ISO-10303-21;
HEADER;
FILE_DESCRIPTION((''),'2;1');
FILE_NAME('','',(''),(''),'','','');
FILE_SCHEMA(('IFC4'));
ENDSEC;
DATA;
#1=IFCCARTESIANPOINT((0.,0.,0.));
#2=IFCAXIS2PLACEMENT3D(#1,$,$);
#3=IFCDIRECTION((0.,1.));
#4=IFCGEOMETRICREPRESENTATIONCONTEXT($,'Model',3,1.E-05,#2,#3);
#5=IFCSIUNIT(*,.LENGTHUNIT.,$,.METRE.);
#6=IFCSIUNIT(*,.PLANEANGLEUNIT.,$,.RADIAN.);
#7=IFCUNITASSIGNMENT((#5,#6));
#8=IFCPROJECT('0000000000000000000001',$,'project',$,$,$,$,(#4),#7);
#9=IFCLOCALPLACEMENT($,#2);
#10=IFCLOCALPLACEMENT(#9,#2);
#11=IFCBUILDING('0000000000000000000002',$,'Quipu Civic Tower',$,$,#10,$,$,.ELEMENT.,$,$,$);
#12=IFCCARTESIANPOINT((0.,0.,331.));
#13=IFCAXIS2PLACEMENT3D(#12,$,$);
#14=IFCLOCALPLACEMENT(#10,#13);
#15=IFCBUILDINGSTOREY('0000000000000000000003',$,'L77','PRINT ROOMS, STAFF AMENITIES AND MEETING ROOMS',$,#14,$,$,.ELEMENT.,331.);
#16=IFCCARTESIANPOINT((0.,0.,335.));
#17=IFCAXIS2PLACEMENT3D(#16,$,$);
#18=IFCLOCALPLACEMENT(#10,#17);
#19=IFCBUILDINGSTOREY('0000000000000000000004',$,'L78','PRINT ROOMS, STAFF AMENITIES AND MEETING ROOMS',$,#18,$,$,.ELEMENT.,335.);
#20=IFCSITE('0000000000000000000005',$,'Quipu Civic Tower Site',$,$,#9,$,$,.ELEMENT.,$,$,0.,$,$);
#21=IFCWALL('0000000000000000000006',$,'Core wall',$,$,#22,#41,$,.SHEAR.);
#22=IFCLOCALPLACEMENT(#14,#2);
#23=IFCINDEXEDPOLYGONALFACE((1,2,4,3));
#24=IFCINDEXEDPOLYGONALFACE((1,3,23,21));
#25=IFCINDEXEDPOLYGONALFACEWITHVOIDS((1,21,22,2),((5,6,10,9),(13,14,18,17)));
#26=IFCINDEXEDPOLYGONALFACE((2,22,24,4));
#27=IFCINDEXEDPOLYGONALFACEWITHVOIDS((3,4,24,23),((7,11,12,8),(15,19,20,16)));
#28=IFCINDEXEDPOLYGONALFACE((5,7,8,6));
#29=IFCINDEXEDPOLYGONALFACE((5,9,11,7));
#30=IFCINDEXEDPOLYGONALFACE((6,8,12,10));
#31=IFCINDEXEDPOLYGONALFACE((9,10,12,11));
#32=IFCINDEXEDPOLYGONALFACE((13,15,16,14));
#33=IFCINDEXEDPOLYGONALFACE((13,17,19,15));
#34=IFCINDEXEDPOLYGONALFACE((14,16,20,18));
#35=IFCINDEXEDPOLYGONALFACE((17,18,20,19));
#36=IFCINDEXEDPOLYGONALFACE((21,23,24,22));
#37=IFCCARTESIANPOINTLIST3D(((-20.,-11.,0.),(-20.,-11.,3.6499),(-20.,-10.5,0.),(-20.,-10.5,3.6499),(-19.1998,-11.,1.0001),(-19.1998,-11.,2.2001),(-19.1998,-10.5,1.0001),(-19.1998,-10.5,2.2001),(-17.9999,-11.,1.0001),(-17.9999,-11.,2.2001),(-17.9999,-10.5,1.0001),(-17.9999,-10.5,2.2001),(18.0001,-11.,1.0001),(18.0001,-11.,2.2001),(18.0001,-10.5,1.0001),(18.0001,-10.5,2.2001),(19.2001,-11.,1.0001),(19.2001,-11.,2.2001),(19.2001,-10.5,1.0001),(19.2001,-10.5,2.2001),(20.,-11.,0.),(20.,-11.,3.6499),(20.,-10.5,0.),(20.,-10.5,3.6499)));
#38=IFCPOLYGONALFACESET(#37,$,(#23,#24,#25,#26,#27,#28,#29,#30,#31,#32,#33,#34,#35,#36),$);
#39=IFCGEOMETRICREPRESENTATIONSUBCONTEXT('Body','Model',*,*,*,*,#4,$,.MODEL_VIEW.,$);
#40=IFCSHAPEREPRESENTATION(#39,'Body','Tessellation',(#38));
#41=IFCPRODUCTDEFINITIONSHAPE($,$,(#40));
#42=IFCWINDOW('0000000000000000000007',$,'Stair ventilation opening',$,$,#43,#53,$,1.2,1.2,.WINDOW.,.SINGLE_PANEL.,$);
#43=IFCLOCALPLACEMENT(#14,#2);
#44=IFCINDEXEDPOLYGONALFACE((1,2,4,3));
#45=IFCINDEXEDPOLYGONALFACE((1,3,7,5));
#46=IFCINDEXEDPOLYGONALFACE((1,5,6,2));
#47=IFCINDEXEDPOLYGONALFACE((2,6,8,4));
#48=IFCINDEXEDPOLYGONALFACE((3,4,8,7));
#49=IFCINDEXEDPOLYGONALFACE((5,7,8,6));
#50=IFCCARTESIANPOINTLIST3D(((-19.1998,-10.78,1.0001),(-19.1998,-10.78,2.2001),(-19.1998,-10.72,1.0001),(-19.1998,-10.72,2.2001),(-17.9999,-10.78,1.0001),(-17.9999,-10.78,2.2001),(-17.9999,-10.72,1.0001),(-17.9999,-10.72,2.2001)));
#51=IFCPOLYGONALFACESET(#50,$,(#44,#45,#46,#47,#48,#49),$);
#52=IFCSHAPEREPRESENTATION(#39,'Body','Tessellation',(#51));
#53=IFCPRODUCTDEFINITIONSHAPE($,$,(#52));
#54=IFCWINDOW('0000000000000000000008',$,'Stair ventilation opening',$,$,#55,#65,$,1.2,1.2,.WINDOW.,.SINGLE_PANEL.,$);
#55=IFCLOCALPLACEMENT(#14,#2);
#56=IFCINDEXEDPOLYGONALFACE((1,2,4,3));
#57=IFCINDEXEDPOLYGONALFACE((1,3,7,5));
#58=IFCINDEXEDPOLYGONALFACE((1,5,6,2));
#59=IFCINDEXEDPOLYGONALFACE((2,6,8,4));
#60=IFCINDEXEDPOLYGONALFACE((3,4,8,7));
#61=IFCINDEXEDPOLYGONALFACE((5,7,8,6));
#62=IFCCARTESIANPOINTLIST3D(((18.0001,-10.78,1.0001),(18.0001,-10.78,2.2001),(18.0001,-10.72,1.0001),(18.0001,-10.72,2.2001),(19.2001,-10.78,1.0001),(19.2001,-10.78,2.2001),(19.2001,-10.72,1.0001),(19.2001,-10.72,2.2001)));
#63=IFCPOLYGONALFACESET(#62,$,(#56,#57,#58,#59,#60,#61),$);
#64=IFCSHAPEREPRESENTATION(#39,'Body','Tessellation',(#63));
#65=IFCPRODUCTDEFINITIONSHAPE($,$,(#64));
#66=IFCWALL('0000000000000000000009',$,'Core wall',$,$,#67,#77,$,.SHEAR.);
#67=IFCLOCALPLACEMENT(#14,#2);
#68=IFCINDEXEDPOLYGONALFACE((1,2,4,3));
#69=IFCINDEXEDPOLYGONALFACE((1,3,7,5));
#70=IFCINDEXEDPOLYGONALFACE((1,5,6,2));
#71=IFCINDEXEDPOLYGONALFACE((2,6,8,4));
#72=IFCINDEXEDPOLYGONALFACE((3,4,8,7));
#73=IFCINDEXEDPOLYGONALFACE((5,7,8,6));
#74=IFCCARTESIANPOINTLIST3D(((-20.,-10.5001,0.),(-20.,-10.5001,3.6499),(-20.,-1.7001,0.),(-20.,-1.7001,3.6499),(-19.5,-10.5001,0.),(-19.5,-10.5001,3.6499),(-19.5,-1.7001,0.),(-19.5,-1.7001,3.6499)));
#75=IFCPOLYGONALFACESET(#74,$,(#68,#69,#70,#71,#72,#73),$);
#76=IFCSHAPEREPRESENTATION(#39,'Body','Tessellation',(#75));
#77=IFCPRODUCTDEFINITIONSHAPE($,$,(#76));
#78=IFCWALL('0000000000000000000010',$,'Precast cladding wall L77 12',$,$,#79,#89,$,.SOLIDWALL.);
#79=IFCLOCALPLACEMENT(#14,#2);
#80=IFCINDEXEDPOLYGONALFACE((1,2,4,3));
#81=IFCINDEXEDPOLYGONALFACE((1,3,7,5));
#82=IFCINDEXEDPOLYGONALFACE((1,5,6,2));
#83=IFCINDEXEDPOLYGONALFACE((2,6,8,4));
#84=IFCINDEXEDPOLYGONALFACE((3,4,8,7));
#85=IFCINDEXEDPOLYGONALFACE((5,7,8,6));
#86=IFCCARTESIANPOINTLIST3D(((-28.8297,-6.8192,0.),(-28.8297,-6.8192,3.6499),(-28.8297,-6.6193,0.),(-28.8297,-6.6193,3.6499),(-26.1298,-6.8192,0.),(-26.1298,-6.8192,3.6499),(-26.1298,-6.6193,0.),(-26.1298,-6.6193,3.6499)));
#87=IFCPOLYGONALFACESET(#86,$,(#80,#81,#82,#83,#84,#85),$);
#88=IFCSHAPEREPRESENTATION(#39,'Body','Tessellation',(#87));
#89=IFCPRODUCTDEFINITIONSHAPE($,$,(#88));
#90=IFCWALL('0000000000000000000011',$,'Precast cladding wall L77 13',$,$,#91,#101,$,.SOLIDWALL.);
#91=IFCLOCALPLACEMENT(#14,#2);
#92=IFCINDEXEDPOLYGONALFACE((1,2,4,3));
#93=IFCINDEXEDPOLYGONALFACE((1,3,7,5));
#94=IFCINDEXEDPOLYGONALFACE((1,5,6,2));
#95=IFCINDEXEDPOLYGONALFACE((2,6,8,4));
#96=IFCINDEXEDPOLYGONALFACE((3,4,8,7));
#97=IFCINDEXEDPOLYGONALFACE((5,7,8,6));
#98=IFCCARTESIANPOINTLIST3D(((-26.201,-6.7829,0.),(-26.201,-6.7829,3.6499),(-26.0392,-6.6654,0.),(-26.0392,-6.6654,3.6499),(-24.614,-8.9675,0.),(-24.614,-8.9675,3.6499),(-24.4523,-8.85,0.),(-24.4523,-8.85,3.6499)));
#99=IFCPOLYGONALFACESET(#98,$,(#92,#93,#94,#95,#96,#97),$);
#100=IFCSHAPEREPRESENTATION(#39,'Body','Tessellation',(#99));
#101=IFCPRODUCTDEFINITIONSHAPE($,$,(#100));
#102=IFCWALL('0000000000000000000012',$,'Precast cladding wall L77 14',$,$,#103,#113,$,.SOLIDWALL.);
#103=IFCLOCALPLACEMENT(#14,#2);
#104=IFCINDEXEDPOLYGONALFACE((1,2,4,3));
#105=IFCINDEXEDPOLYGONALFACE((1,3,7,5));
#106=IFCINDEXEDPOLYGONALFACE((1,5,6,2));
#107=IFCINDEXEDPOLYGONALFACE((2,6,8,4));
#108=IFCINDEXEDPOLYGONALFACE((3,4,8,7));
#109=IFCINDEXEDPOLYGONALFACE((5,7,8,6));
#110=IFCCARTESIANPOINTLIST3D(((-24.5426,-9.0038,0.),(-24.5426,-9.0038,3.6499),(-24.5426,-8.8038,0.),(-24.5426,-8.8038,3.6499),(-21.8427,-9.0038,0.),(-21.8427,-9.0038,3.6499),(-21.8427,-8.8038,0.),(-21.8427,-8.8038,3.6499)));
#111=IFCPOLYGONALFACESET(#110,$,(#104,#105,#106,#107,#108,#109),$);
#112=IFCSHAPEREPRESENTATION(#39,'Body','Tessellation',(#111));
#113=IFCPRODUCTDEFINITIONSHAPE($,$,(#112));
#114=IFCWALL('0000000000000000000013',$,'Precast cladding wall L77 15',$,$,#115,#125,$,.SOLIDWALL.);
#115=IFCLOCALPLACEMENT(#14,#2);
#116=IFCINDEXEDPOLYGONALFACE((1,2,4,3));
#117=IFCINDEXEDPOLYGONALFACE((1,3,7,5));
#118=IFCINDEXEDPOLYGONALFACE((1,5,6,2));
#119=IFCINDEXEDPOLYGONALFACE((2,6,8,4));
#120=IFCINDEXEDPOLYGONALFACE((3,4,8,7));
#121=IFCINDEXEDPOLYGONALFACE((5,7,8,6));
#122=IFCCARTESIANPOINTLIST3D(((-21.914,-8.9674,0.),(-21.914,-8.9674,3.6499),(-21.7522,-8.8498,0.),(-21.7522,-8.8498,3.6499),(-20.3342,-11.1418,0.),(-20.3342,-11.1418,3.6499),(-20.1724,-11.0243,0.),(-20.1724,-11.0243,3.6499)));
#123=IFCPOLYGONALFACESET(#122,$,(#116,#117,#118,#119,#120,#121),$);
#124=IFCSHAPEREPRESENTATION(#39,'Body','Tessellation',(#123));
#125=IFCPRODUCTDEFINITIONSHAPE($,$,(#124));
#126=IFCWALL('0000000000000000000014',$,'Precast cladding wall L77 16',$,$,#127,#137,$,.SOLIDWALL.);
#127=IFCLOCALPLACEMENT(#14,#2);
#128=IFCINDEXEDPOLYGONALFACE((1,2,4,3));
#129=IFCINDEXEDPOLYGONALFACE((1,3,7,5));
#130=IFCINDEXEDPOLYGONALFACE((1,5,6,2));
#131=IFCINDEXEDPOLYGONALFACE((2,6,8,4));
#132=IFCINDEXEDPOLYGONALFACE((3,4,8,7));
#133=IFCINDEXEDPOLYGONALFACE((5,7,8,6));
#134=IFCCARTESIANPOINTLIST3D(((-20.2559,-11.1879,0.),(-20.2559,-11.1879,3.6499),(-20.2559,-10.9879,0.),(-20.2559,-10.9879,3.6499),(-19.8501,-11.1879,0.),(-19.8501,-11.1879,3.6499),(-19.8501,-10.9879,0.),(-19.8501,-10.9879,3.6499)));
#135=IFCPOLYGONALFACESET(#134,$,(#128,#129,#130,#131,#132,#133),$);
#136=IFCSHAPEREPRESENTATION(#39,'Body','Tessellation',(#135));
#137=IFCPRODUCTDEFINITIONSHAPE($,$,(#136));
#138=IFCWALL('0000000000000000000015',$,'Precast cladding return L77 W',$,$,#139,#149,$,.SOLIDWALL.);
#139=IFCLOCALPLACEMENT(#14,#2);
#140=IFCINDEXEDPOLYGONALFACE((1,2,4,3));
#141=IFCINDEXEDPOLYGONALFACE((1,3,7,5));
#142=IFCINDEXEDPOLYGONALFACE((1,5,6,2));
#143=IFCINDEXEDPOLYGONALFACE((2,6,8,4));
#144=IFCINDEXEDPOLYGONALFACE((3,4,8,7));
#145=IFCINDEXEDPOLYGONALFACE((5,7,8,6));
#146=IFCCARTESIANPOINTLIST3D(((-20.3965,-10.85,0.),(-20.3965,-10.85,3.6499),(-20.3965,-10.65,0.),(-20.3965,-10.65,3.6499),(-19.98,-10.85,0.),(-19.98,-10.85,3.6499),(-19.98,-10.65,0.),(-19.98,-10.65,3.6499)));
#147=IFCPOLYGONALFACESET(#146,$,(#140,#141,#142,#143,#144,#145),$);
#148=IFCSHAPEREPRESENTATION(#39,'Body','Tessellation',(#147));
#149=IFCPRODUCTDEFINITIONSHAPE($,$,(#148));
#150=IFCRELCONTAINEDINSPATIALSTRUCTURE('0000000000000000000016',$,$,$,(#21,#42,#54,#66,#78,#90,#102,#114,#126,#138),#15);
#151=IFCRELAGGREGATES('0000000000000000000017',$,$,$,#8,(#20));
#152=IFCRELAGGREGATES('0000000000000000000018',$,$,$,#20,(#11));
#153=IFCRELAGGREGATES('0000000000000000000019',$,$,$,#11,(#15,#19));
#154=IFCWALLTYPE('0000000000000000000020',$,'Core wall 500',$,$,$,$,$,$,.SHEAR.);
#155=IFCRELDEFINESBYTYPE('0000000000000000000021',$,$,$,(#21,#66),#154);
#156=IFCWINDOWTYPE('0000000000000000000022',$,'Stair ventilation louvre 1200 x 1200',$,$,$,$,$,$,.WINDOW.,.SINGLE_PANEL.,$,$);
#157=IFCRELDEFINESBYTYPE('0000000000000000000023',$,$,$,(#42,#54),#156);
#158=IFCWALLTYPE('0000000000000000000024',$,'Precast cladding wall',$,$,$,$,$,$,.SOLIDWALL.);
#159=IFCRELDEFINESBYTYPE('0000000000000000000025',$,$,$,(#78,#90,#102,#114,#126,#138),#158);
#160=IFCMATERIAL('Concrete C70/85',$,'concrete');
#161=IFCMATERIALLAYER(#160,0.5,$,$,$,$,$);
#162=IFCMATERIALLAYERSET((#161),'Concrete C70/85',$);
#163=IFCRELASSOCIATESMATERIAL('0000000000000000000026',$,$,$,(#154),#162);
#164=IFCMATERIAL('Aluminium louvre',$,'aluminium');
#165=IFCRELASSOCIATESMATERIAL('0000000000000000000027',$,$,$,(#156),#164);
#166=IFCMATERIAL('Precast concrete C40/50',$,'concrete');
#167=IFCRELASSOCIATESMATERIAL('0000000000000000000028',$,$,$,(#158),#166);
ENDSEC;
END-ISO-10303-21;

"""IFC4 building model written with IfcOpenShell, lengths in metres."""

from ifc_helpers import new_model, si_unit, direction, frame, frame_2d, origin, place, context, subcontext, project, spatial, rectangle, extrude, material, layer, layer_set, type_object, element, fill, save


model = new_model("IFC4")

# Units and contexts
model_context = context("Model", 3, precision=1e-05, world=origin(), true_north=direction((0.0, 1.0)))
body_context = subcontext(model_context, "Body", "Model", "MODEL_VIEW")
ifc_project = project(units=[si_unit("LENGTHUNIT", "METRE"), si_unit("PLANEANGLEUNIT", "RADIAN")], contexts=[model_context])

# Site, building, storey
site_placement = place(None, origin())
site = spatial("IfcSite", under=ifc_project, at=site_placement, Name="Quipu Civic Tower Site", CompositionType="ELEMENT", RefElevation=0.0)
building_placement = place(site_placement, origin())
building = spatial("IfcBuilding", under=site, at=building_placement, Name="Quipu Civic Tower", CompositionType="ELEMENT")
storey_1_placement = place(building_placement, frame((0.0, 0.0, 331.0)))
storey_1 = spatial("IfcBuildingStorey", under=building, at=storey_1_placement, Name="L77", Description="PRINT ROOMS, STAFF AMENITIES AND MEETING ROOMS", CompositionType="ELEMENT", Elevation=331.0)

# Shared definitions
storey_2_placement = place(building_placement, frame((0.0, 0.0, 335.0)))
storey_2 = spatial("IfcBuildingStorey", under=building, at=storey_2_placement, Name="L78", Description="PRINT ROOMS, STAFF AMENITIES AND MEETING ROOMS", CompositionType="ELEMENT", Elevation=335.0)

# Wall, openings, windows
ifc_material_1 = material(Name="Concrete C70/85", Category="concrete")
ifc_layer_1 = layer(ifc_material_1, 0.5)
ifc_layer_set_1 = layer_set([ifc_layer_1], Name="Concrete C70/85")
wall_type_1 = type_object("IfcWallType", Name="Core wall 500", PredefinedType="SHEAR", material=ifc_layer_set_1)
wall_1_placement = place(storey_1_placement, frame((-20.0, -10.75, 0.0), z_axis=(0.0, 0.0, 1.0), x_axis=(1.0, 0.0, 0.0)))
wall_1 = element("IfcWall", 1, at=wall_1_placement, inside=storey_1, type_object=wall_type_1, Name="Core wall", PredefinedType="SHEAR", context=body_context, shape_type="SweptSolid", body=[
    extrude(rectangle(XDim=40.0, YDim=0.5, at=frame_2d((20.0, 0.0))), origin(), (0.0, 0.0, 1.0), 3.6499),
])
opening_1_placement = place(wall_1_placement, frame((0.8, 0.0, 1.0)))
opening_1 = element("IfcOpeningElement", 2, at=opening_1_placement, cuts=wall_1, PredefinedType="OPENING", context=body_context, shape_type="SweptSolid", body=[
    extrude(rectangle(XDim=1.2, YDim=1.2, at=frame_2d((0.6001, 0.6001))), frame((0.0, 0.26, 0.0), z_axis=(0.0, -1.0, 0.0), x_axis=(1.0, 0.0, 0.0)), (0.0, 0.0, 1.0), 0.52),
])
opening_2_placement = place(wall_1_placement, frame((38.0, 0.0, 1.0)))
opening_2 = element("IfcOpeningElement", 3, at=opening_2_placement, cuts=wall_1, PredefinedType="OPENING", context=body_context, shape_type="SweptSolid", body=[
    extrude(rectangle(XDim=1.2, YDim=1.2, at=frame_2d((0.6001, 0.6001))), frame((0.0, 0.26, 0.0), z_axis=(0.0, -1.0, 0.0), x_axis=(1.0, 0.0, 0.0)), (0.0, 0.0, 1.0), 0.52),
])
ifc_material_2 = material(Name="Aluminium louvre", Category="aluminium")
window_type = type_object("IfcWindowType", Name="Stair ventilation louvre 1200 x 1200", PartitioningType="SINGLE_PANEL", PredefinedType="WINDOW", material=ifc_material_2)
window_1_placement = place(opening_1_placement, origin())
window_1 = element("IfcWindow", 4, at=window_1_placement, inside=storey_1, type_object=window_type, Name="Stair ventilation opening", OverallHeight=1.2, OverallWidth=1.2, PartitioningType="SINGLE_PANEL", PredefinedType="WINDOW", context=body_context, shape_type="SweptSolid", body=[
    extrude(rectangle(XDim=1.2, YDim=1.2, at=frame_2d((0.6001, 0.6001))), frame((0.0, 0.03, 0.0), z_axis=(0.0, -1.0, 0.0), x_axis=(1.0, 0.0, 0.0)), (0.0, 0.0, 1.0), 0.0601),
])
fill(opening_1, window_1)
window_2_placement = place(opening_2_placement, origin())
window_2 = element("IfcWindow", 5, at=window_2_placement, inside=storey_1, type_object=window_type, Name="Stair ventilation opening", OverallHeight=1.2, OverallWidth=1.2, PartitioningType="SINGLE_PANEL", PredefinedType="WINDOW", context=body_context, shape_type="SweptSolid", body=[
    extrude(rectangle(XDim=1.2, YDim=1.2, at=frame_2d((0.6001, 0.6001))), frame((0.0, 0.03, 0.0), z_axis=(0.0, -1.0, 0.0), x_axis=(1.0, 0.0, 0.0)), (0.0, 0.0, 1.0), 0.0601),
])
fill(opening_2, window_2)

# Walls
wall_2_placement = place(storey_1_placement, frame((-19.75, -10.5, 0.0), z_axis=(0.0, 0.0, 1.0), x_axis=(0.0, 1.0, 0.0)))
element("IfcWall", 6, at=wall_2_placement, inside=storey_1, type_object=wall_type_1, Name="Core wall", PredefinedType="SHEAR", context=body_context, shape_type="SweptSolid", body=[
    extrude(rectangle(XDim=8.8, YDim=0.5, at=frame_2d((4.3999, 0.0))), origin(), (0.0, 0.0, 1.0), 3.6499),
])
ifc_material_3 = material(Name="Precast concrete C40/50", Category="concrete")
wall_type_2 = type_object("IfcWallType", Name="Precast cladding wall", PredefinedType="SOLIDWALL", material=ifc_material_3)
wall_3_placement = place(storey_1_placement, frame((-28.8298, -6.7192, 0.0), z_axis=(0.0, 0.0, 1.0), x_axis=(1.0, 0.0, 0.0)))
element("IfcWall", 7, at=wall_3_placement, inside=storey_1, type_object=wall_type_2, Name="Precast cladding wall L77 12", PredefinedType="SOLIDWALL", context=body_context, shape_type="SweptSolid", body=[
    extrude(rectangle(XDim=2.7, YDim=0.2, at=frame_2d((1.3501, 0.0))), origin(), (0.0, 0.0, 1.0), 3.6499),
])
wall_4_placement = place(storey_1_placement, frame((-26.1201, -6.7241, 0.0), z_axis=(0.0, 0.0, 1.0), x_axis=(0.58772, -0.809064, 0.0)))
element("IfcWall", 8, at=wall_4_placement, inside=storey_1, type_object=wall_type_2, Name="Precast cladding wall L77 13", PredefinedType="SOLIDWALL", context=body_context, shape_type="SweptSolid", body=[
    extrude(rectangle(XDim=2.7002, YDim=0.2, at=frame_2d((1.3501, 0.0))), origin(), (0.0, 0.0, 1.0), 3.6499),
])
wall_5_placement = place(storey_1_placement, frame((-24.5427, -8.9038, 0.0), z_axis=(0.0, 0.0, 1.0), x_axis=(1.0, 0.0, 0.0)))
element("IfcWall", 9, at=wall_5_placement, inside=storey_1, type_object=wall_type_2, Name="Precast cladding wall L77 14", PredefinedType="SOLIDWALL", context=body_context, shape_type="SweptSolid", body=[
    extrude(rectangle(XDim=2.7, YDim=0.2, at=frame_2d((1.3501, 0.0))), origin(), (0.0, 0.0, 1.0), 3.6499),
])
wall_6_placement = place(storey_1_placement, frame((-21.833, -8.9087, 0.0), z_axis=(0.0, 0.0, 1.0), x_axis=(0.587767, -0.809031, 0.0)))
element("IfcWall", 10, at=wall_6_placement, inside=storey_1, type_object=wall_type_2, Name="Precast cladding wall L77 15", PredefinedType="SOLIDWALL", context=body_context, shape_type="SweptSolid", body=[
    extrude(rectangle(XDim=2.6877, YDim=0.2, at=frame_2d((1.3438, 0.0))), origin(), (0.0, 0.0, 1.0), 3.6499),
])
wall_7_placement = place(storey_1_placement, frame((-20.2559, -11.0879, 0.0), z_axis=(0.0, 0.0, 1.0), x_axis=(1.0, 0.0, 0.0)))
element("IfcWall", 11, at=wall_7_placement, inside=storey_1, type_object=wall_type_2, Name="Precast cladding wall L77 16", PredefinedType="SOLIDWALL", context=body_context, shape_type="SweptSolid", body=[
    extrude(rectangle(XDim=0.4058, YDim=0.2, at=frame_2d((0.2029, 0.0))), origin(), (0.0, 0.0, 1.0), 3.6499),
])
wall_8_placement = place(storey_1_placement, frame((-19.98, -10.75, 0.0), z_axis=(0.0, 0.0, 1.0), x_axis=(-1.0, 0.0, 0.0)))
element("IfcWall", 12, at=wall_8_placement, inside=storey_1, type_object=wall_type_2, Name="Precast cladding return L77 W", PredefinedType="SOLIDWALL", context=body_context, shape_type="SweptSolid", body=[
    extrude(rectangle(XDim=0.4165, YDim=0.2, at=frame_2d((0.2083, 0.0))), origin(), (0.0, 0.0, 1.0), 3.6499),
])

save(model, "model.ifc")
